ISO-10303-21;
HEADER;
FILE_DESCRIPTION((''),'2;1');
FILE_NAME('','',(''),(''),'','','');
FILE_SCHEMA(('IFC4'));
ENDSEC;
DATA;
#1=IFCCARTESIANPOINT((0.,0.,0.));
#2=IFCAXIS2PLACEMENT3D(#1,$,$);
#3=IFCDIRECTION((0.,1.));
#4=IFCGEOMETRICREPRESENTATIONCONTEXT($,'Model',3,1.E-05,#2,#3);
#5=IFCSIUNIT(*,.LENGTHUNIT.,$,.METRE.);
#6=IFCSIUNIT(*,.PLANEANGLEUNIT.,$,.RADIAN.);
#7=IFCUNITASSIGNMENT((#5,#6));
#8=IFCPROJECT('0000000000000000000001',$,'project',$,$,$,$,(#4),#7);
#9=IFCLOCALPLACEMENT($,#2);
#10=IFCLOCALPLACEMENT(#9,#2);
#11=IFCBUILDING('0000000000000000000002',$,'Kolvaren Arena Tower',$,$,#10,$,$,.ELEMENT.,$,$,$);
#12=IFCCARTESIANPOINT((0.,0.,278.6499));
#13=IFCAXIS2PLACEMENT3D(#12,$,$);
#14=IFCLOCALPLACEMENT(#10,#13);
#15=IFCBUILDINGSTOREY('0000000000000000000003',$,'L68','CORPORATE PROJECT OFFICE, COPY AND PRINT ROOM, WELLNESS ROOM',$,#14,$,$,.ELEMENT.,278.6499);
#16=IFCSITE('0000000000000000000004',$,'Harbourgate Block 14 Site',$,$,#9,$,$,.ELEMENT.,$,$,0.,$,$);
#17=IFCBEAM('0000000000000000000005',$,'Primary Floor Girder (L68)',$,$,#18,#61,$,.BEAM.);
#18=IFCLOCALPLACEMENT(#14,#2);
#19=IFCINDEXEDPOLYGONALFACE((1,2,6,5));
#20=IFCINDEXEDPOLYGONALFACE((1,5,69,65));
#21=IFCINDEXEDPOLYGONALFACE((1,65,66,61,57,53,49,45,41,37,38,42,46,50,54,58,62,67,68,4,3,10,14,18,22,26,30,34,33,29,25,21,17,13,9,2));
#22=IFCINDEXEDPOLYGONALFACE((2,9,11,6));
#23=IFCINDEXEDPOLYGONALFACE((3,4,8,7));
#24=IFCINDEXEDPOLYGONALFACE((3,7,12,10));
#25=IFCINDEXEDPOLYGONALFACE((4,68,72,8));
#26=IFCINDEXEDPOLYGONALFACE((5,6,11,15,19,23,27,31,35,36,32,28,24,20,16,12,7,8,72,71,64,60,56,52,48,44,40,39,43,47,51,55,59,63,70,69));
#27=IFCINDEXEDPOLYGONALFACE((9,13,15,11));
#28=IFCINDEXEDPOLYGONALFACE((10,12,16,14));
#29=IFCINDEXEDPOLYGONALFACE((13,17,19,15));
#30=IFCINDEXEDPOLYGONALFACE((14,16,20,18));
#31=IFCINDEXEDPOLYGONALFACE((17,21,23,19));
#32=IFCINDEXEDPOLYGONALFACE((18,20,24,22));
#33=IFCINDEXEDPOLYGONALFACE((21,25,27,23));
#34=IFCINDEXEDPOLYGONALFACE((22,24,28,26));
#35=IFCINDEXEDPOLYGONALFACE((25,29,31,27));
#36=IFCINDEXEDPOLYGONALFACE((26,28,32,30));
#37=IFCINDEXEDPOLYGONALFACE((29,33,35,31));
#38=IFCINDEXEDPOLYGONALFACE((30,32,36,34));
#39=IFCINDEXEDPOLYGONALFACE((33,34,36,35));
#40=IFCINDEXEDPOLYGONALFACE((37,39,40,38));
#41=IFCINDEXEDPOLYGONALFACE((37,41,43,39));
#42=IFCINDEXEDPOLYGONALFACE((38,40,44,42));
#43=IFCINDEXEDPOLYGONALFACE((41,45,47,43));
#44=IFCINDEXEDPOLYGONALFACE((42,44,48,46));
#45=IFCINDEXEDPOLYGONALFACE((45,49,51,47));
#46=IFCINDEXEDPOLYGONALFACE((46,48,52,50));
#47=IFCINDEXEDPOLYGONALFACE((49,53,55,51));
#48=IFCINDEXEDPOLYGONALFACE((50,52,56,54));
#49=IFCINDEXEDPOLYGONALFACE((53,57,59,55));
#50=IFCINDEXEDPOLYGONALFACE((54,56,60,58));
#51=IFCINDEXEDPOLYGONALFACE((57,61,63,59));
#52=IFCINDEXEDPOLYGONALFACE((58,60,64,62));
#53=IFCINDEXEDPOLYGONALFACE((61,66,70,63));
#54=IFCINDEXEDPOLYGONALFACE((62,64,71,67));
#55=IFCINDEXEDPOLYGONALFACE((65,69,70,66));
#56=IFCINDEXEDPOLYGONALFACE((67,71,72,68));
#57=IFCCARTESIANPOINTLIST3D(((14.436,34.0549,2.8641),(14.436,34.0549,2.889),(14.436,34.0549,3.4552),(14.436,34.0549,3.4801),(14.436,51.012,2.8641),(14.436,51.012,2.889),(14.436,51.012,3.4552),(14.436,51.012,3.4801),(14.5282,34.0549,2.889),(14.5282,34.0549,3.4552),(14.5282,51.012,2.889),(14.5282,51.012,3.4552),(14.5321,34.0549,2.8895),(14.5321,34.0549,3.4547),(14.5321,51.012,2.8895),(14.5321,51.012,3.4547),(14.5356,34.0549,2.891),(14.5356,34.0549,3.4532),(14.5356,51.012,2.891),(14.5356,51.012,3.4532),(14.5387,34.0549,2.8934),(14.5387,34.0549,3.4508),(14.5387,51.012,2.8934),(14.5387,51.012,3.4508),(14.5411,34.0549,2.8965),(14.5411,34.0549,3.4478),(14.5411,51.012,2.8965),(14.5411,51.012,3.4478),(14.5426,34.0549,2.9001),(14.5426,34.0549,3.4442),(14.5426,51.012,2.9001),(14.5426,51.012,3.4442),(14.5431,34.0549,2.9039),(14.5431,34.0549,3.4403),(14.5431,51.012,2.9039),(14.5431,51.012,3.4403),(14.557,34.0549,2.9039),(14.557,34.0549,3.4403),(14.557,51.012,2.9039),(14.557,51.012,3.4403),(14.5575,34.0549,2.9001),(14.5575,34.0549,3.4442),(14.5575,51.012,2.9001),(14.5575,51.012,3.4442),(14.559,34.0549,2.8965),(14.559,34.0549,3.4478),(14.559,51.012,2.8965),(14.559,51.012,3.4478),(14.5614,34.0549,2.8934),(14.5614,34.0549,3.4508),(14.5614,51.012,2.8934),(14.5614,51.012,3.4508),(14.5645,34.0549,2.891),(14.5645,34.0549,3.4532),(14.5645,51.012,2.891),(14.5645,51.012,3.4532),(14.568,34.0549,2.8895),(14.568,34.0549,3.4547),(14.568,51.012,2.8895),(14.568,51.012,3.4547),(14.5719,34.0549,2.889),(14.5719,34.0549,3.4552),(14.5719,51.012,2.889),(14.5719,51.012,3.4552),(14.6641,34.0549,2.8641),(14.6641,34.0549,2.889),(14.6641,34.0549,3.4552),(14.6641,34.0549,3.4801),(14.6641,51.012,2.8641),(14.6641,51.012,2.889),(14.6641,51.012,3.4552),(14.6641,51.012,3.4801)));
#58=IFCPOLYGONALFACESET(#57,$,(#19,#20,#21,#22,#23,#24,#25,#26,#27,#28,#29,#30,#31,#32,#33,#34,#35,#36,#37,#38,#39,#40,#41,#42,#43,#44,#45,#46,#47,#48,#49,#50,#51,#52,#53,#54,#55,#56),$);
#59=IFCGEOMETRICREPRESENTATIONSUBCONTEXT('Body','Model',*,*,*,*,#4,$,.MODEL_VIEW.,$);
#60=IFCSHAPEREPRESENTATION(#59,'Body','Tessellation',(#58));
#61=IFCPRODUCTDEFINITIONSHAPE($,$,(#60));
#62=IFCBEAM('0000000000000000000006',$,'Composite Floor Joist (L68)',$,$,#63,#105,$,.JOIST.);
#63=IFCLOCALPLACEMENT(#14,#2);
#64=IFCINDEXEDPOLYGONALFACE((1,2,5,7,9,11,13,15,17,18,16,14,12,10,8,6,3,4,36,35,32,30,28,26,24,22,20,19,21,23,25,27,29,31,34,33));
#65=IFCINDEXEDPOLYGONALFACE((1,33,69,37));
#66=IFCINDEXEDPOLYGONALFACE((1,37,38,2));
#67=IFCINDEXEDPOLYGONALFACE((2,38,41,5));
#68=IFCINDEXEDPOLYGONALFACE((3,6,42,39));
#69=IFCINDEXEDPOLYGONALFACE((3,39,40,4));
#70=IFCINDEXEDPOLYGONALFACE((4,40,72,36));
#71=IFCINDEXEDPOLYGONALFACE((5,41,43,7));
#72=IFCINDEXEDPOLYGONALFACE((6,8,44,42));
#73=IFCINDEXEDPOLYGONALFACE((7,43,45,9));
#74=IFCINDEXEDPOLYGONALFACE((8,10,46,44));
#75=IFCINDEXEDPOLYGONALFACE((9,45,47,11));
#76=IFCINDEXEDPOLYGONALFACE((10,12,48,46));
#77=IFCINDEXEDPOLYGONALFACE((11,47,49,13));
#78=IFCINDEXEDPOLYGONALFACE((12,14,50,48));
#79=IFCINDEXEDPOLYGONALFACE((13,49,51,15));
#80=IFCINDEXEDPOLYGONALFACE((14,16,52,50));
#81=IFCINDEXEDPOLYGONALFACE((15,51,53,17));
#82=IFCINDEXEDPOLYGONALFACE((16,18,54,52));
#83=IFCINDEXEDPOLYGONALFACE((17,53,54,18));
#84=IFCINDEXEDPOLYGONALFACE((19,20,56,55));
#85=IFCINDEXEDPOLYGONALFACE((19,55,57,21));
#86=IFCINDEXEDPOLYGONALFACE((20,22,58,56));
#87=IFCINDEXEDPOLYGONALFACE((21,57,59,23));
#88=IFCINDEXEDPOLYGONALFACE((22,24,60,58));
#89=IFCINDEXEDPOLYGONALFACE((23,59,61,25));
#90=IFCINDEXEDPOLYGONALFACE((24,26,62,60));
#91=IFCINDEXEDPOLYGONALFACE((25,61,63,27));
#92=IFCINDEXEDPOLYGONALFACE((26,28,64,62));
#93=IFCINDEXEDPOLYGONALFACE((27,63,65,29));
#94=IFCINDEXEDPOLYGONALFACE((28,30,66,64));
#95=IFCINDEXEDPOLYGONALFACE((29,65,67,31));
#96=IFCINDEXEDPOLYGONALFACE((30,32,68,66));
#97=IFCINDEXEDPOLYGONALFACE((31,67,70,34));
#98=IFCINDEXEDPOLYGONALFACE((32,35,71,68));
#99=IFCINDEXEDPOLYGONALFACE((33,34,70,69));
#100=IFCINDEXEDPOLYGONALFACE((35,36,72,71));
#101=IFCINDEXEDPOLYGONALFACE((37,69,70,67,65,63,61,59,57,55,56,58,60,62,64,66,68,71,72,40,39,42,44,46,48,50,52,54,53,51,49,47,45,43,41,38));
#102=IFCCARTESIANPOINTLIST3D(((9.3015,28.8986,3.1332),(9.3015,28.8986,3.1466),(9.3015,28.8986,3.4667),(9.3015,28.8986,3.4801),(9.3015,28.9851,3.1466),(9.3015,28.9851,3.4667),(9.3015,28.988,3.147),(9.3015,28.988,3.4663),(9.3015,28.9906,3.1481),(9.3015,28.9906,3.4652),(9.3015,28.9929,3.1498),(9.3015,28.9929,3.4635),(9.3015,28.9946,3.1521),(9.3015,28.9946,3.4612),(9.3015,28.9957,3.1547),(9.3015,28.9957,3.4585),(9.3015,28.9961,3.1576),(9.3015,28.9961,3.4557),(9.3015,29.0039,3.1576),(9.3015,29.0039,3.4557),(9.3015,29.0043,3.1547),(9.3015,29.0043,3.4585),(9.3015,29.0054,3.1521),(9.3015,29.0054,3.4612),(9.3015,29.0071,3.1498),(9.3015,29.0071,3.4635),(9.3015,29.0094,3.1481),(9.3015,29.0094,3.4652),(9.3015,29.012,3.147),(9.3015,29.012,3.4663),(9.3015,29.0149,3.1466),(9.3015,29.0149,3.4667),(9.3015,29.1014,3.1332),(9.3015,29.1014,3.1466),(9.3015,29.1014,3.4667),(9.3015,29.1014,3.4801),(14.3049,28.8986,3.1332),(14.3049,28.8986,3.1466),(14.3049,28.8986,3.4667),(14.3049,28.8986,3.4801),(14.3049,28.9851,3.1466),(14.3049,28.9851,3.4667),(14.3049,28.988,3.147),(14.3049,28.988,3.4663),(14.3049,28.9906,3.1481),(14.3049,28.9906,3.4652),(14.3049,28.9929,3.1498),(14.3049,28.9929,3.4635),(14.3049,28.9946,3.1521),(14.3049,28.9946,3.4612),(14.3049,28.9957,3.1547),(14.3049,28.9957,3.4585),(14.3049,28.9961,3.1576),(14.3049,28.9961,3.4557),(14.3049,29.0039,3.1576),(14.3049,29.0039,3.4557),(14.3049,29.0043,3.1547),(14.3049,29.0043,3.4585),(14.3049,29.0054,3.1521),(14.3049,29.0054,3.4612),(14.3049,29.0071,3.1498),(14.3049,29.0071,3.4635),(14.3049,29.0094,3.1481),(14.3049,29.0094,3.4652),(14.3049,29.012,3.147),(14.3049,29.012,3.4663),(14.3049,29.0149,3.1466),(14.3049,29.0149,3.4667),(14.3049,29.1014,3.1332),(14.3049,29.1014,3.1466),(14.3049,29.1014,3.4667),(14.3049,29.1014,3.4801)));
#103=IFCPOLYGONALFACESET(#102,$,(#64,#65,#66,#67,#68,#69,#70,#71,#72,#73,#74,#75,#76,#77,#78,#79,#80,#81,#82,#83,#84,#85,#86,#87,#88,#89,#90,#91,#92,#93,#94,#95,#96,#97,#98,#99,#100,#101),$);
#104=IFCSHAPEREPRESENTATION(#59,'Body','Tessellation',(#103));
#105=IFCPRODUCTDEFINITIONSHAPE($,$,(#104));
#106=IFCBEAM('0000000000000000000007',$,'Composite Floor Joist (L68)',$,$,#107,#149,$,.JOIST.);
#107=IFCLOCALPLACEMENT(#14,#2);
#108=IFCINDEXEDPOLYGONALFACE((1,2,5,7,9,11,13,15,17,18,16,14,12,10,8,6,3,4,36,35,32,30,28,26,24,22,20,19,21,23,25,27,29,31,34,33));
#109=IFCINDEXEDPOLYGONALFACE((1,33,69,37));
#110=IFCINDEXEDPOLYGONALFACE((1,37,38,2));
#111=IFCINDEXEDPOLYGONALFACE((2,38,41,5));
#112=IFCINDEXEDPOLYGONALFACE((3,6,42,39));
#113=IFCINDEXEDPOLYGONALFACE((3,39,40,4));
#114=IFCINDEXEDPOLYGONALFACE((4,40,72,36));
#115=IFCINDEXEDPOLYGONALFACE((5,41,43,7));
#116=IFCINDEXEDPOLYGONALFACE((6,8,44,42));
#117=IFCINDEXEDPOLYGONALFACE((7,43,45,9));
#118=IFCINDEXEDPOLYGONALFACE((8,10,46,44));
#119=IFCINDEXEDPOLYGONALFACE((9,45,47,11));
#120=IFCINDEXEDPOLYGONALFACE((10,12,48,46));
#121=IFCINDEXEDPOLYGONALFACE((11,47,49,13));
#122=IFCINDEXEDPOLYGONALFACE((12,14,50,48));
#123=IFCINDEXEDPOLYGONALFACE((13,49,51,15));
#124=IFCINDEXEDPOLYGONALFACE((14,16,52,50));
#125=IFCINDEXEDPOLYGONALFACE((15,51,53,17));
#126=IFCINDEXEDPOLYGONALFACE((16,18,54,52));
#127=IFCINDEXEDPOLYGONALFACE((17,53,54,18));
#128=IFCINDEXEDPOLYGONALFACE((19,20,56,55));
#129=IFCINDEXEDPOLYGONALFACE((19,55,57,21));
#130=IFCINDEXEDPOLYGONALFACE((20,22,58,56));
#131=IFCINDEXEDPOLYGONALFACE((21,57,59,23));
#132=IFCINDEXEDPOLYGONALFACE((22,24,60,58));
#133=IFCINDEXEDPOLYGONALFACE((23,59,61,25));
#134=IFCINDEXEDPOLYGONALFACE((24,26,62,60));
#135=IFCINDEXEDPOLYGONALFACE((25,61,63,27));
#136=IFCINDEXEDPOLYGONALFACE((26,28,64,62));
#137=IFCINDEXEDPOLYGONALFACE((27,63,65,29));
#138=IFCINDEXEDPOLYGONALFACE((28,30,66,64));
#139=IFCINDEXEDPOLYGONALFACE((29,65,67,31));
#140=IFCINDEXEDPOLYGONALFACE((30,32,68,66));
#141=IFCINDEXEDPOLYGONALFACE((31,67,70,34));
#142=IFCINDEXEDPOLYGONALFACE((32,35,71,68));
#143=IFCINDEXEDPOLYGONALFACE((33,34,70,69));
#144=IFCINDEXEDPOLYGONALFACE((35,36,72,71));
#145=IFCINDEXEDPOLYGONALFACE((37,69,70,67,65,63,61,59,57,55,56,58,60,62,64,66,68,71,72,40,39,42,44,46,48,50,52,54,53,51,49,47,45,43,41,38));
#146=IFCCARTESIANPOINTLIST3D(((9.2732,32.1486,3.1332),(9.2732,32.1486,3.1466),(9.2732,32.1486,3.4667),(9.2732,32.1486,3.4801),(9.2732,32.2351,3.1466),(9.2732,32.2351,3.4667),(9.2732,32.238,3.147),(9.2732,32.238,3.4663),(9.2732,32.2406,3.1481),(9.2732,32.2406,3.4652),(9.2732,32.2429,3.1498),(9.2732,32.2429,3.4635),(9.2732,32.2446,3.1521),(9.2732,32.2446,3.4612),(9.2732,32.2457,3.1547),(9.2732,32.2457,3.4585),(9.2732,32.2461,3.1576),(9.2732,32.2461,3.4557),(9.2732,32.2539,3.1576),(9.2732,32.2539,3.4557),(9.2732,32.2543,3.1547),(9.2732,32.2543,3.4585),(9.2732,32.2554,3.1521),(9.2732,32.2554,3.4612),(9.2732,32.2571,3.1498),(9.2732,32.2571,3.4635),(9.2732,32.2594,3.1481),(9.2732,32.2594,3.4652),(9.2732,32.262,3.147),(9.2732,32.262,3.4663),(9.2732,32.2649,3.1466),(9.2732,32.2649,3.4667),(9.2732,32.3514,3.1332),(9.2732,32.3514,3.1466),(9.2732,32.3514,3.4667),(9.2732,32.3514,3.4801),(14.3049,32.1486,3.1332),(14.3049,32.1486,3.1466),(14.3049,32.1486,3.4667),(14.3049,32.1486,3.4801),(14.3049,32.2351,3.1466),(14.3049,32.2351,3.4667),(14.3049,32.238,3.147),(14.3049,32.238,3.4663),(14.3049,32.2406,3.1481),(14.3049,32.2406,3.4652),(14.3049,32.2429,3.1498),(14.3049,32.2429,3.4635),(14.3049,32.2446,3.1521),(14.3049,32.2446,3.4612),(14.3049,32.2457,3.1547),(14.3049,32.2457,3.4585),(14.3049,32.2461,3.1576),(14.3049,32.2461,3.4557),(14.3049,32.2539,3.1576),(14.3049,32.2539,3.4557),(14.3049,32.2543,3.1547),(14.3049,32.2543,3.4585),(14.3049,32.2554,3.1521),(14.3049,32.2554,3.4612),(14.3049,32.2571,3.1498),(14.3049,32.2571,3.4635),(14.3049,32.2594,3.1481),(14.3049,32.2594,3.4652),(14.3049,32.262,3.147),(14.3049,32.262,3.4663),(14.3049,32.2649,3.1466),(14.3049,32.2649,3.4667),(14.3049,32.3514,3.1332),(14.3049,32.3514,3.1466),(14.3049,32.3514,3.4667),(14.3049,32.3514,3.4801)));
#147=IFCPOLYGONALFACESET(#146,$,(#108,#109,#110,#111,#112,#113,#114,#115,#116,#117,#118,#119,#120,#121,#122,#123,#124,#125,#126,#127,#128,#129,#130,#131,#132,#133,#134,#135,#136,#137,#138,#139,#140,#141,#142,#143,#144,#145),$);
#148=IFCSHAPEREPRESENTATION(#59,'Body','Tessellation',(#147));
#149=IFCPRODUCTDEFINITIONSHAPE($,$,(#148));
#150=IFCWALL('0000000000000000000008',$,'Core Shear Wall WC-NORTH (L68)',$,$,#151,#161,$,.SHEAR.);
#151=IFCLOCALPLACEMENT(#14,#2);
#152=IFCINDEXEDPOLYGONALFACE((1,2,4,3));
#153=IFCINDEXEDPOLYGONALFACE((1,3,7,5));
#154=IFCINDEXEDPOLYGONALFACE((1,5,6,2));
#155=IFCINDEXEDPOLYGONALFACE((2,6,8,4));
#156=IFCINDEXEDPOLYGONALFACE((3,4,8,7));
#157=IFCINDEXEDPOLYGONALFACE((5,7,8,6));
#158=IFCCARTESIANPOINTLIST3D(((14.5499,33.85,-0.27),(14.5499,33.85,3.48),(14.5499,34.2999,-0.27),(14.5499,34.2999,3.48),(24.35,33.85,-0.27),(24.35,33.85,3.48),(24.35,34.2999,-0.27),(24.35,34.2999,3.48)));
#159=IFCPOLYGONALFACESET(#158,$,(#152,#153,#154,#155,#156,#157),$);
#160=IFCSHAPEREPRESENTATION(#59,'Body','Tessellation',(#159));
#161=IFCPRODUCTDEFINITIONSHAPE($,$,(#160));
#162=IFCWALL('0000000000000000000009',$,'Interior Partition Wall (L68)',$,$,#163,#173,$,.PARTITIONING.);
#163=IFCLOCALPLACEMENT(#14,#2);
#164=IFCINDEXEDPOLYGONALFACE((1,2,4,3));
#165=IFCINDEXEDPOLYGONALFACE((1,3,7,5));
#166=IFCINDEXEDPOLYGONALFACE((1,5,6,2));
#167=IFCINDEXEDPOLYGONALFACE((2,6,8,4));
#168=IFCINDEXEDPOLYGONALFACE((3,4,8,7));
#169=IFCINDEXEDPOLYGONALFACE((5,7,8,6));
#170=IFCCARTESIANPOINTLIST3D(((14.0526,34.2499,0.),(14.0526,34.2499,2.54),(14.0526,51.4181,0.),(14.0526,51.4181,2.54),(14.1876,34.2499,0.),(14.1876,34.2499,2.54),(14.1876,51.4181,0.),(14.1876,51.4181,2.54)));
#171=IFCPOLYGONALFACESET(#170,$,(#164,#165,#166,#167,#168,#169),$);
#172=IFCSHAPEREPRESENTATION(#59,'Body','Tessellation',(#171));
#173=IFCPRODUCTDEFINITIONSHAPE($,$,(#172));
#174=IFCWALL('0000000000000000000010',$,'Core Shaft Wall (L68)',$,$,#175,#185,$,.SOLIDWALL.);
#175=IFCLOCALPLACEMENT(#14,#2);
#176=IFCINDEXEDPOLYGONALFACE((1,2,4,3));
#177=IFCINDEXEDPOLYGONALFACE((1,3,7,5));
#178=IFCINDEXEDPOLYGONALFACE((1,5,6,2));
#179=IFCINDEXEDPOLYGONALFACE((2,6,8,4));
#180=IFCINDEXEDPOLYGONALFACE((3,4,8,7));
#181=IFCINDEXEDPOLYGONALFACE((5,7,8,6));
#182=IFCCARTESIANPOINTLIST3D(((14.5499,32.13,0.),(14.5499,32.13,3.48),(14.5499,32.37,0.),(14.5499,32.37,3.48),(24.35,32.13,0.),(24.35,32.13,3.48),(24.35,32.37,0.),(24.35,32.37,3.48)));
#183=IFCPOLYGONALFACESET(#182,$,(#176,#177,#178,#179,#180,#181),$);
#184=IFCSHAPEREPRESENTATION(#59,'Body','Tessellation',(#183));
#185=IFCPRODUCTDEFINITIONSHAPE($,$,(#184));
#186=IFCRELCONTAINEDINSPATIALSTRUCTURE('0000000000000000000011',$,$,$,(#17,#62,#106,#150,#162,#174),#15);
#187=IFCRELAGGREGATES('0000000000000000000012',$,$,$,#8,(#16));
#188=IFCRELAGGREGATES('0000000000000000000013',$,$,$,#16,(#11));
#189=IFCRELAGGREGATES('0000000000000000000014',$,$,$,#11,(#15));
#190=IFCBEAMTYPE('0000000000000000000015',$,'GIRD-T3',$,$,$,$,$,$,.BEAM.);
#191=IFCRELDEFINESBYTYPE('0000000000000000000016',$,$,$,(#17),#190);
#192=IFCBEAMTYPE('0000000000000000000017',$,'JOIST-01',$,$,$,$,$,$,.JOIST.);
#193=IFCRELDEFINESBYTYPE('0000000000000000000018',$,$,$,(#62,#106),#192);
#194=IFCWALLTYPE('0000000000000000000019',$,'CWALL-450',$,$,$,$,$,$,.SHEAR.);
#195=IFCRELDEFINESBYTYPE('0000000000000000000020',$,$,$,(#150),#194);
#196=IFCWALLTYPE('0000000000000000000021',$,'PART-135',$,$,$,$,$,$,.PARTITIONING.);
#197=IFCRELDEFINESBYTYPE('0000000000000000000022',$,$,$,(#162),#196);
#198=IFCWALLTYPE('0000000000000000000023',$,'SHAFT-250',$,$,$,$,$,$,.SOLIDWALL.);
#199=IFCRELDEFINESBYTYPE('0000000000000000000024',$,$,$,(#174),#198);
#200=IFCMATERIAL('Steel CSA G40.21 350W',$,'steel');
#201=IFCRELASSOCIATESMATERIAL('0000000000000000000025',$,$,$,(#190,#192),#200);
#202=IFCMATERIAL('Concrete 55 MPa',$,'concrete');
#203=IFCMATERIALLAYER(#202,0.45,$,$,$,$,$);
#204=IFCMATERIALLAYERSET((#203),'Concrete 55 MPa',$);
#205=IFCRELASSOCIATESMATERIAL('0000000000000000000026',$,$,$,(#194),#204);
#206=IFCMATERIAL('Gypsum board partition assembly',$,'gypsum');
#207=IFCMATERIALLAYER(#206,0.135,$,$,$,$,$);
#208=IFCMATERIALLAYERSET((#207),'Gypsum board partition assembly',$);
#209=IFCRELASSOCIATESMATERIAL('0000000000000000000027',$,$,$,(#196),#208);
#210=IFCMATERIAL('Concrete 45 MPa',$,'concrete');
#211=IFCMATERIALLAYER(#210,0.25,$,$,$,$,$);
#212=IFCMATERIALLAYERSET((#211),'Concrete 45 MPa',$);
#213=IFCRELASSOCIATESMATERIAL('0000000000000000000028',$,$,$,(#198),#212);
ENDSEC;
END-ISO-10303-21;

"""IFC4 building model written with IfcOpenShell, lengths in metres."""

from ifc_helpers import new_model, si_unit, direction, frame, frame_2d, origin, origin_2d, place, context, subcontext, project, spatial, rectangle, i_section, extrude, material, layer, layer_set, material_profile, profile_set, type_object, element, save


model = new_model("IFC4")

# Units and contexts
model_context = context("Model", 3, precision=1e-05, world=origin(), true_north=direction((0.0, 1.0)))
body_context = subcontext(model_context, "Body", "Model", "MODEL_VIEW")
ifc_project = project(units=[si_unit("LENGTHUNIT", "METRE"), si_unit("PLANEANGLEUNIT", "RADIAN")], contexts=[model_context])

# Site, building, storey
site_placement = place(None, origin())
site = spatial("IfcSite", under=ifc_project, at=site_placement, Name="Harbourgate Block 14 Site", CompositionType="ELEMENT", RefElevation=0.0)
building_placement = place(site_placement, origin())
building = spatial("IfcBuilding", under=site, at=building_placement, Name="Kolvaren Arena Tower", CompositionType="ELEMENT")
storey_placement = place(building_placement, frame((0.0, 0.0, 278.6499)))
storey = spatial("IfcBuildingStorey", under=building, at=storey_placement, Name="L68", Description="CORPORATE PROJECT OFFICE, COPY AND PRINT ROOM, WELLNESS ROOM", CompositionType="ELEMENT", Elevation=278.6499)

# Beams
ifc_material_1 = material(Name="Steel CSA G40.21 350W", Category="steel")
ifc_material_profile_1 = material_profile(ifc_material_1, i_section(OverallWidth=0.228, OverallDepth=0.616, WebThickness=0.0139, FlangeThickness=0.0249, FilletRadius=0.0149, at=origin_2d()), Name="W610x174")
ifc_profile_set_1 = profile_set([ifc_material_profile_1], Name="Steel CSA G40.21 350W")
beam_type_1 = type_object("IfcBeamType", Name="GIRD-T3", PredefinedType="BEAM", material=ifc_profile_set_1)
beam_1_placement = place(storey_placement, frame((14.55, 34.0549, 3.1721), z_axis=(0.0, 1.0, 0.0), x_axis=(-1.0, 0.0, 0.0)))
element("IfcBeam", 1, at=beam_1_placement, inside=storey, type_object=beam_type_1, Name="Primary Floor Girder (L68)", PredefinedType="BEAM", context=body_context, shape_type="SweptSolid", body=[
    extrude(i_section(OverallWidth=0.228, OverallDepth=0.616, WebThickness=0.0139, FlangeThickness=0.0249, FilletRadius=0.0149, at=origin_2d()), origin(), (0.0, 0.0, 1.0), 16.957),
])
ifc_material_profile_2 = material_profile(ifc_material_1, i_section(OverallWidth=0.2029, OverallDepth=0.3469, WebThickness=0.0078, FlangeThickness=0.0134, FilletRadius=0.011, at=origin_2d()), Name="W360x64")
ifc_profile_set_2 = profile_set([ifc_material_profile_2], Name="Steel CSA G40.21 350W")
beam_type_2 = type_object("IfcBeamType", Name="JOIST-01", PredefinedType="JOIST", material=ifc_profile_set_2)
beam_2_placement = place(storey_placement, frame((9.3015, 29.0, 3.3066), z_axis=(1.0, 0.0, 0.0), x_axis=(0.0, 1.0, 0.0)))
element("IfcBeam", 2, at=beam_2_placement, inside=storey, type_object=beam_type_2, Name="Composite Floor Joist (L68)", PredefinedType="JOIST", context=body_context, shape_type="SweptSolid", body=[
    extrude(i_section(OverallWidth=0.2029, OverallDepth=0.3469, WebThickness=0.0078, FlangeThickness=0.0134, FilletRadius=0.011, at=origin_2d()), origin(), (0.0, 0.0, 1.0), 5.0034),
])
beam_3_placement = place(storey_placement, frame((9.2732, 32.25, 3.3066), z_axis=(1.0, 0.0, 0.0), x_axis=(0.0, 1.0, 0.0)))
element("IfcBeam", 3, at=beam_3_placement, inside=storey, type_object=beam_type_2, Name="Composite Floor Joist (L68)", PredefinedType="JOIST", context=body_context, shape_type="SweptSolid", body=[
    extrude(i_section(OverallWidth=0.2029, OverallDepth=0.3469, WebThickness=0.0078, FlangeThickness=0.0134, FilletRadius=0.011, at=origin_2d()), origin(), (0.0, 0.0, 1.0), 5.0317),
])

# Walls
ifc_material_2 = material(Name="Concrete 55 MPa", Category="concrete")
ifc_layer_1 = layer(ifc_material_2, 0.45)
ifc_layer_set_1 = layer_set([ifc_layer_1], Name="Concrete 55 MPa")
wall_type_1 = type_object("IfcWallType", Name="CWALL-450", PredefinedType="SHEAR", material=ifc_layer_set_1)
wall_1_placement = place(storey_placement, frame((14.55, 34.075, -0.27), z_axis=(0.0, 0.0, 1.0), x_axis=(1.0, 0.0, 0.0)))
element("IfcWall", 4, at=wall_1_placement, inside=storey, type_object=wall_type_1, Name="Core Shear Wall WC-NORTH (L68)", PredefinedType="SHEAR", context=body_context, shape_type="SweptSolid", body=[
    extrude(rectangle(XDim=9.8, YDim=0.45, at=frame_2d((4.8999, 0.0))), origin(), (0.0, 0.0, 1.0), 3.75),
])
ifc_material_3 = material(Name="Gypsum board partition assembly", Category="gypsum")
ifc_layer_2 = layer(ifc_material_3, 0.135)
ifc_layer_set_2 = layer_set([ifc_layer_2], Name="Gypsum board partition assembly")
wall_type_2 = type_object("IfcWallType", Name="PART-135", PredefinedType="PARTITIONING", material=ifc_layer_set_2)
wall_2_placement = place(storey_placement, frame((14.1201, 34.25, 0.0), z_axis=(0.0, 0.0, 1.0), x_axis=(0.0, 1.0, 0.0)))
element("IfcWall", 5, at=wall_2_placement, inside=storey, type_object=wall_type_2, Name="Interior Partition Wall (L68)", PredefinedType="PARTITIONING", context=body_context, shape_type="SweptSolid", body=[
    extrude(rectangle(XDim=17.1682, YDim=0.135, at=frame_2d((8.584, 0.0))), origin(), (0.0, 0.0, 1.0), 2.54),
])
ifc_material_4 = material(Name="Concrete 45 MPa", Category="concrete")
ifc_layer_3 = layer(ifc_material_4, 0.25)
ifc_layer_set_3 = layer_set([ifc_layer_3], Name="Concrete 45 MPa")
wall_type_3 = type_object("IfcWallType", Name="SHAFT-250", PredefinedType="SOLIDWALL", material=ifc_layer_set_3)
wall_3_placement = place(storey_placement, frame((14.55, 32.25, 0.0), z_axis=(0.0, 0.0, 1.0), x_axis=(1.0, 0.0, 0.0)))
element("IfcWall", 6, at=wall_3_placement, inside=storey, type_object=wall_type_3, Name="Core Shaft Wall (L68)", PredefinedType="SOLIDWALL", context=body_context, shape_type="SweptSolid", body=[
    extrude(rectangle(XDim=9.8, YDim=0.24, at=frame_2d((4.8999, 0.0))), origin(), (0.0, 0.0, 1.0), 3.48),
])

save(model, "model.ifc")
